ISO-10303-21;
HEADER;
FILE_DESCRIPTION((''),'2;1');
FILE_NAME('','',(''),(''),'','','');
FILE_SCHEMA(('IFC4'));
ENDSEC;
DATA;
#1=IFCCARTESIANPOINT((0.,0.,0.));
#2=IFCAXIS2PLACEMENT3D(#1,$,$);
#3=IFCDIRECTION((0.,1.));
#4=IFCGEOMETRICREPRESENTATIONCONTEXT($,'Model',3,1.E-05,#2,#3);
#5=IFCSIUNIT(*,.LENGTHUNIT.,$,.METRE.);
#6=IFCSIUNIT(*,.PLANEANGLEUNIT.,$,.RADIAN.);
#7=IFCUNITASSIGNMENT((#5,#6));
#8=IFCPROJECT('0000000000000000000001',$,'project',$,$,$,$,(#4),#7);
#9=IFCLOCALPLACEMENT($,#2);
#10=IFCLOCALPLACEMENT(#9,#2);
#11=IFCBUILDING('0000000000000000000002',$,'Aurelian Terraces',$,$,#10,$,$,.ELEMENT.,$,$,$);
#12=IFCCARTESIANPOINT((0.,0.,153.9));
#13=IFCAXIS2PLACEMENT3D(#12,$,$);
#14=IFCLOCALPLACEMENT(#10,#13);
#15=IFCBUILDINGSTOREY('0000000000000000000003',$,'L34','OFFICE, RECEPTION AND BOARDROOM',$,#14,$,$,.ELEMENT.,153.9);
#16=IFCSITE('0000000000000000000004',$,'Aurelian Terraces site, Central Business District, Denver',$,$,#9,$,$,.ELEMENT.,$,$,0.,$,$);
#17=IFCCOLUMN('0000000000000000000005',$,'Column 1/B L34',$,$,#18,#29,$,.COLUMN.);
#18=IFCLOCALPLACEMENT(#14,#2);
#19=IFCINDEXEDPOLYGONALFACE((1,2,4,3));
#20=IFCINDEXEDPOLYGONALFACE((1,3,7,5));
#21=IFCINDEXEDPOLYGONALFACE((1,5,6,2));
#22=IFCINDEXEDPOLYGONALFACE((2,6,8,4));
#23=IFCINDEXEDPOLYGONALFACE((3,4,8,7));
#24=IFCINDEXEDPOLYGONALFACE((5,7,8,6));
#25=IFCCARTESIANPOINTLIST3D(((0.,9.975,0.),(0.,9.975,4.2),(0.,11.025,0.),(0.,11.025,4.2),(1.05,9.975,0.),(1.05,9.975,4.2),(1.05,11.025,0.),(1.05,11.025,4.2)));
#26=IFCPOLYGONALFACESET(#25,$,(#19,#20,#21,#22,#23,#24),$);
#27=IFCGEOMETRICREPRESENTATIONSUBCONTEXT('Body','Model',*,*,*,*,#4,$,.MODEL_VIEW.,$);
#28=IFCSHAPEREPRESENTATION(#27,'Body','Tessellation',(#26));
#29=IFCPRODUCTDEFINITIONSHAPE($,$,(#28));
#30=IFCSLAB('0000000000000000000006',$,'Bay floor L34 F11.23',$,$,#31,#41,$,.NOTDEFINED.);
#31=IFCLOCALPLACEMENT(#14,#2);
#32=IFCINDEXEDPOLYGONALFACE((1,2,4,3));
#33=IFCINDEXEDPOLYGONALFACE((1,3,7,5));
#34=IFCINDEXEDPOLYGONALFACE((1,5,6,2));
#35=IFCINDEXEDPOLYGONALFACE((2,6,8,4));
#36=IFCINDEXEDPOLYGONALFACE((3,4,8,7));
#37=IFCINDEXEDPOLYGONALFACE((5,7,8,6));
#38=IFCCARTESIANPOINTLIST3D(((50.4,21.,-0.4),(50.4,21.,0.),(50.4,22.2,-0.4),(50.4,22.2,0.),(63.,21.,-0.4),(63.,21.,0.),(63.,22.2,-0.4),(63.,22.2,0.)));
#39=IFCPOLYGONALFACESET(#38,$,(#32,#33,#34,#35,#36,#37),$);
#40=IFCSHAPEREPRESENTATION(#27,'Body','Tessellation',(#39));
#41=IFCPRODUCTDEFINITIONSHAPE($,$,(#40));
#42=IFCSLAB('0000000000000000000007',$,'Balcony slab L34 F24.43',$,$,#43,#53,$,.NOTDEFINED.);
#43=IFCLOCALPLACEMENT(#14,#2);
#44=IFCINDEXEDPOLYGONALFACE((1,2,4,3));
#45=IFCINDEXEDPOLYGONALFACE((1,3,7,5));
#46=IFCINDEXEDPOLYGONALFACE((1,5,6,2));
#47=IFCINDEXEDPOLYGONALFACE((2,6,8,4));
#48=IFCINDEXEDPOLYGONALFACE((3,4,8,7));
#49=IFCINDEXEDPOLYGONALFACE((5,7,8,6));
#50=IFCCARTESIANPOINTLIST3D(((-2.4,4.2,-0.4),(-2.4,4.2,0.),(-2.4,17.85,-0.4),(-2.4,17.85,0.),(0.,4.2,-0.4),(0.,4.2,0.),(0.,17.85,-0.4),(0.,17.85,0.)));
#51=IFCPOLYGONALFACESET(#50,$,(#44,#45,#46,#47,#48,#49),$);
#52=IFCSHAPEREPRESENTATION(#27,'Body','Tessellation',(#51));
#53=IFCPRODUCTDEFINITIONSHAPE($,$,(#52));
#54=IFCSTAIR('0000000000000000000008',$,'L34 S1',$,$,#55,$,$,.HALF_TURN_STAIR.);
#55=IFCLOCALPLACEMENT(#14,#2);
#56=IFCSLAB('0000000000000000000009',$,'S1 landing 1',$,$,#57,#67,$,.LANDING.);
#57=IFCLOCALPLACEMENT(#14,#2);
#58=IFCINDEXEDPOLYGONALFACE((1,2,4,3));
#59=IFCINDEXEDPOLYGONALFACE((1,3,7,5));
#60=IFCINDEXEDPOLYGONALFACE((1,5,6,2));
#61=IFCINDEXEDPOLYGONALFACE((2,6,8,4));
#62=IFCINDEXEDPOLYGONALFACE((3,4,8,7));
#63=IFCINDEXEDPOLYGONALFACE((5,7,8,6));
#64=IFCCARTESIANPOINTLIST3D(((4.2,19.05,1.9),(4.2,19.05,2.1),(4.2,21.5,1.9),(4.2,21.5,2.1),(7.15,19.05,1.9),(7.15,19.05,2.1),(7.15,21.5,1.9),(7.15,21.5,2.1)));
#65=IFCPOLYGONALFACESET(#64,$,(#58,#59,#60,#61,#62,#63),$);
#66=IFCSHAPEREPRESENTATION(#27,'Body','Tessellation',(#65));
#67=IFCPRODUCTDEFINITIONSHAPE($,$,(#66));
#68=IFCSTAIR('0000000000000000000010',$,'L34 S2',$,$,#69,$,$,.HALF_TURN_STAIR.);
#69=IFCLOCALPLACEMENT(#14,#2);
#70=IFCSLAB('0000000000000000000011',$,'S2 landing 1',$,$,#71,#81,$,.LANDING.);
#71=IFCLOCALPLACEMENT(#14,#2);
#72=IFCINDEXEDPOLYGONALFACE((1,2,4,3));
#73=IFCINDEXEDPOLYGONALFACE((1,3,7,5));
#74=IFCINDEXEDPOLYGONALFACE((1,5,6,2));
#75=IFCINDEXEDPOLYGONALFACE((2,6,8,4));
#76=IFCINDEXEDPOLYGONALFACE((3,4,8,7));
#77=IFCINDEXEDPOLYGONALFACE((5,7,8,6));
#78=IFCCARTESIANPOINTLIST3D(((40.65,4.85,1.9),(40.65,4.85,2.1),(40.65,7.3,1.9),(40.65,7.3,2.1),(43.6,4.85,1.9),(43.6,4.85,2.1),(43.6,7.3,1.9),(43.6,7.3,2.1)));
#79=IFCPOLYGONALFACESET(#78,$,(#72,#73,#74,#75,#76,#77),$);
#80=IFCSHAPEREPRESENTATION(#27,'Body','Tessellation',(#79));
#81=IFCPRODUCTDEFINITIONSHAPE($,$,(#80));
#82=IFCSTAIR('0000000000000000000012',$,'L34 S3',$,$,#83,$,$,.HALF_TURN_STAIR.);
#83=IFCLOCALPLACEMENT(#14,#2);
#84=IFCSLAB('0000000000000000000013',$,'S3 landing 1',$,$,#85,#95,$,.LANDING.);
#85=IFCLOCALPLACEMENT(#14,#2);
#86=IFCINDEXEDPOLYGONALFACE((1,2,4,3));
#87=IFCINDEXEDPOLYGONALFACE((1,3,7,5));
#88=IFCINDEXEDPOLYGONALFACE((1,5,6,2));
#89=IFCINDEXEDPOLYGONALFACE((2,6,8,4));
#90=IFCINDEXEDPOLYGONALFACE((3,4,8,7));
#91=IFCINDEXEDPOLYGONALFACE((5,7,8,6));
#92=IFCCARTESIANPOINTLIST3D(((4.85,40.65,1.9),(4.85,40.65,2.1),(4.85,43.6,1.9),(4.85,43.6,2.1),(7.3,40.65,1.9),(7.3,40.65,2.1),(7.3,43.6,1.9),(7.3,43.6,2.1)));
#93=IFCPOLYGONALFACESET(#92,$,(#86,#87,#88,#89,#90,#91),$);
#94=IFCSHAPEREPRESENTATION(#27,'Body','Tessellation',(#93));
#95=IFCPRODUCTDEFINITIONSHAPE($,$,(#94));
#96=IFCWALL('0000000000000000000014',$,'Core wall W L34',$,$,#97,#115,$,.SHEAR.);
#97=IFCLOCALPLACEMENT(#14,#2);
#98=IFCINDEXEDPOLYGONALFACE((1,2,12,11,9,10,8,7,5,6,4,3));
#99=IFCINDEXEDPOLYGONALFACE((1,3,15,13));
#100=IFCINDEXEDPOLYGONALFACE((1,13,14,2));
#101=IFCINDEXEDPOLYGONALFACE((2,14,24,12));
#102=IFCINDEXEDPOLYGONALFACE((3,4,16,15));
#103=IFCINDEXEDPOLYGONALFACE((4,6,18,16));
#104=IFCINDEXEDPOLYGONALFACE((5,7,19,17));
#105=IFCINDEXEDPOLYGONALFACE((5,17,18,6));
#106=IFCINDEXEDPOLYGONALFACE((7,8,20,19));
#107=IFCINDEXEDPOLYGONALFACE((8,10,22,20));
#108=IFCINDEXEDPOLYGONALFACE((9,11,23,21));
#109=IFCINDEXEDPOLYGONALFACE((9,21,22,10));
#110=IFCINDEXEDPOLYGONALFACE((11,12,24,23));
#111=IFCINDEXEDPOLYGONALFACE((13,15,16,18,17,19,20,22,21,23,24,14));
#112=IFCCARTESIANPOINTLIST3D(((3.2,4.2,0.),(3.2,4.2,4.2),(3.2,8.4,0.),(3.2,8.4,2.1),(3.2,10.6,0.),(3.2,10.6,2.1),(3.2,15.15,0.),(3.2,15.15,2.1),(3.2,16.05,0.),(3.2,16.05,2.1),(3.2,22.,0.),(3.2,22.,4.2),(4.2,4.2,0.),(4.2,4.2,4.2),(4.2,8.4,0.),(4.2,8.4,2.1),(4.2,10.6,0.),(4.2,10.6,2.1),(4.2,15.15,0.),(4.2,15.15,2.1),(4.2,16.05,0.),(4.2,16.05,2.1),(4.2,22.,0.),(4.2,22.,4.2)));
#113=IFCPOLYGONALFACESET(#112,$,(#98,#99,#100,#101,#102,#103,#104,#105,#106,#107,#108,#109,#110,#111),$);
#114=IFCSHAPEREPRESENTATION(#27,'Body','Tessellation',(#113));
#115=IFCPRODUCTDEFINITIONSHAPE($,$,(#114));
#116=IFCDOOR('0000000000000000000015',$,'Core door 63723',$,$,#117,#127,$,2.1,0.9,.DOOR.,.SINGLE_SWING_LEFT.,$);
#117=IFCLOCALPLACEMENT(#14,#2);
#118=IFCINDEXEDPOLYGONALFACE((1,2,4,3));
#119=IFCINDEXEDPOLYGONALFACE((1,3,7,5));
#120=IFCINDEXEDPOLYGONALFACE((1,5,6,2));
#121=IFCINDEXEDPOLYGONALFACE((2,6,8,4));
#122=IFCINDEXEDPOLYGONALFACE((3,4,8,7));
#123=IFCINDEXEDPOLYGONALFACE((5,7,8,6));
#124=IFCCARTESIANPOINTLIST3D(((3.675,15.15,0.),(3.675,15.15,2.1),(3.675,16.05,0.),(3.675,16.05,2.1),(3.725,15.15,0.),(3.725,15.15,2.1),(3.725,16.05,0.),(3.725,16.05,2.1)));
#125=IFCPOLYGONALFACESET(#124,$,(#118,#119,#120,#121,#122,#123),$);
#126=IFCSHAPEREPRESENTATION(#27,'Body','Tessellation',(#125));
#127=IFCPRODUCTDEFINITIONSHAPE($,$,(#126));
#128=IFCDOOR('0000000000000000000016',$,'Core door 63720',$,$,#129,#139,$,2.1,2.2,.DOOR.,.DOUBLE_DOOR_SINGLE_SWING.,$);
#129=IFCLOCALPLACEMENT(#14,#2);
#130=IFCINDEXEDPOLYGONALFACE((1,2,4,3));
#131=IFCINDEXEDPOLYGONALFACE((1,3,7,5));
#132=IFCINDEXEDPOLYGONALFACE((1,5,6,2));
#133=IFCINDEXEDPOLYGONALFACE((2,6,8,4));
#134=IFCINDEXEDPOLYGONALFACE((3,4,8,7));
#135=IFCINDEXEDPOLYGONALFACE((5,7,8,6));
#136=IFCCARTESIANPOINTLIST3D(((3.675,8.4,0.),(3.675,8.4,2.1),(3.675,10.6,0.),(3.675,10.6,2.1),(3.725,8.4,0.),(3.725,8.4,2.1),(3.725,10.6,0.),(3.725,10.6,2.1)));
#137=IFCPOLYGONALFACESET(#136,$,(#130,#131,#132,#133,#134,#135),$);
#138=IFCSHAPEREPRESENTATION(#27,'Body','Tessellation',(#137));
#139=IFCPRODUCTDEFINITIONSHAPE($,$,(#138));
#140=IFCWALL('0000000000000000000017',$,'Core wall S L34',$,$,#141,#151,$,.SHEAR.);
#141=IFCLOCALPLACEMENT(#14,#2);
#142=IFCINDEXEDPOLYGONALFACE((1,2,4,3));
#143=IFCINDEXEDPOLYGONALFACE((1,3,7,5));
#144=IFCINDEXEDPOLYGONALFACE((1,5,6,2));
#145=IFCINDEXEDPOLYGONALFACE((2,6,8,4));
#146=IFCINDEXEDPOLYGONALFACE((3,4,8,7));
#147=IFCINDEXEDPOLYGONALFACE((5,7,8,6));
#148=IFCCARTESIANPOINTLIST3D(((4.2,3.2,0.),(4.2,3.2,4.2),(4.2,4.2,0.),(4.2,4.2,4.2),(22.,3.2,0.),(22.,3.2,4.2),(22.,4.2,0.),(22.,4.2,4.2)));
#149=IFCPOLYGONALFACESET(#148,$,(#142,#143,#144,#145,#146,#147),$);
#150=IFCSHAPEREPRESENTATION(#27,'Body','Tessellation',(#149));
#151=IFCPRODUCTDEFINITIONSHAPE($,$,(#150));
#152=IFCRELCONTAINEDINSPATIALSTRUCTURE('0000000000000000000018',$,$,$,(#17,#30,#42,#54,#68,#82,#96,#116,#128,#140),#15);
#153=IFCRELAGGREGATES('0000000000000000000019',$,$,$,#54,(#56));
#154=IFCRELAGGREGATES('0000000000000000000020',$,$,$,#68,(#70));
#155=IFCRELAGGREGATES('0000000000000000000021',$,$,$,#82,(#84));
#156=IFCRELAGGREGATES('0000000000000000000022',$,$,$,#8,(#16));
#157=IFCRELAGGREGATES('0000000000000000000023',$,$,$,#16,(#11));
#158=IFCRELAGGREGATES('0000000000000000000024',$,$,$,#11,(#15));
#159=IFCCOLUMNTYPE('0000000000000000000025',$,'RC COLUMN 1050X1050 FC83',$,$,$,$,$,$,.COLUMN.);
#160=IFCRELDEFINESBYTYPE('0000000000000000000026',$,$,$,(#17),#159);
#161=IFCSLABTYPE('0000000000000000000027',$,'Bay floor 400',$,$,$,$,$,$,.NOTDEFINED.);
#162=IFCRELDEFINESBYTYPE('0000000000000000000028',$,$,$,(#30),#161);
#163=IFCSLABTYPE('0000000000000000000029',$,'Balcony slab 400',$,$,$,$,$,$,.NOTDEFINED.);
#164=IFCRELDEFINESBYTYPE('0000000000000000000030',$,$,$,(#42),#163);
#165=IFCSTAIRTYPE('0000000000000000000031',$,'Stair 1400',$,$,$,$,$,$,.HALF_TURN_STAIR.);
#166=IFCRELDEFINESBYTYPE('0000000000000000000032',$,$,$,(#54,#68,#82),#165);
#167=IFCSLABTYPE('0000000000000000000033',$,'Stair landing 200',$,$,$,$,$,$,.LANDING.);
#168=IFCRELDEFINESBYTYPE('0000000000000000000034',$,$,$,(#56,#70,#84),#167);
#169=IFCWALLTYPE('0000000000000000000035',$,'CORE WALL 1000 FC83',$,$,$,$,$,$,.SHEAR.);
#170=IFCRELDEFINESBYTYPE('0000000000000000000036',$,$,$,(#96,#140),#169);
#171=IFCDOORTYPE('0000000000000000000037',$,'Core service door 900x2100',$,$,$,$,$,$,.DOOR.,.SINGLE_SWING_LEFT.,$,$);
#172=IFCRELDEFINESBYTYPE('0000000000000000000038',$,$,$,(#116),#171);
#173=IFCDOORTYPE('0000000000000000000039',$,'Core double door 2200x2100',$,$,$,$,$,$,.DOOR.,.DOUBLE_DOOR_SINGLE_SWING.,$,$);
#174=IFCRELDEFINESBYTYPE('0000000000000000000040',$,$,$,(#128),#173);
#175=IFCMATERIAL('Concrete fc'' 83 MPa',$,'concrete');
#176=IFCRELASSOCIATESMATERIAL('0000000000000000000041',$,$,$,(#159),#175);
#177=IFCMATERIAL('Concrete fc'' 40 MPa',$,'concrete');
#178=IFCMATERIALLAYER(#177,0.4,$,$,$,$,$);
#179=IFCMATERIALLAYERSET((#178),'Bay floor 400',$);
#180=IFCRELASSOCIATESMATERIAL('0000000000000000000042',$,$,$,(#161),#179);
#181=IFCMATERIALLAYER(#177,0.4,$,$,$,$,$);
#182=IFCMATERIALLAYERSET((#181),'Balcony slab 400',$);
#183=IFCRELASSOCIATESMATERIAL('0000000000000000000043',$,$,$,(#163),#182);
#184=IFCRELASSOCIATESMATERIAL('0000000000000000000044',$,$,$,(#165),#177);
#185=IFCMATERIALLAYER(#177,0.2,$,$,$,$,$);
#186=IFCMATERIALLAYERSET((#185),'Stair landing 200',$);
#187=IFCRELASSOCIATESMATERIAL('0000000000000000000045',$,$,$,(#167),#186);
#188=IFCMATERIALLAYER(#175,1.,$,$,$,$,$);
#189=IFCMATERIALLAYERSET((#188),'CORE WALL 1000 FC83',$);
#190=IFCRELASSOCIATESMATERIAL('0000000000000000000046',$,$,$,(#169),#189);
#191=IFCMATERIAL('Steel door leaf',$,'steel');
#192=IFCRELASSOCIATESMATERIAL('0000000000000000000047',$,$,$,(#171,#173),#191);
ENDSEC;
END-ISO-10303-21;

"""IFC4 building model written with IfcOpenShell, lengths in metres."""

from ifc_helpers import new_model, si_unit, direction, frame, frame_2d, origin, origin_2d, place, context, subcontext, project, spatial, polyline, rectangle, outline, extrude, source, transform, mapped, material, layer, layer_set, material_profile, profile_set, type_object, element, fill, aggregate, save


model = new_model("IFC4")

# Units and contexts
model_context = context("Model", 3, precision=1e-05, world=origin(), true_north=direction((0.0, 1.0)))
body_context = subcontext(model_context, "Body", "Model", "MODEL_VIEW")
ifc_project = project(units=[si_unit("LENGTHUNIT", "METRE"), si_unit("PLANEANGLEUNIT", "RADIAN")], contexts=[model_context])

# Site, building, storey
site_placement = place(None, origin())
site = spatial("IfcSite", under=ifc_project, at=site_placement, Name="Aurelian Terraces site, Central Business District, Denver", CompositionType="ELEMENT", RefElevation=0.0)
building_placement = place(site_placement, origin())
building = spatial("IfcBuilding", under=site, at=building_placement, Name="Aurelian Terraces", CompositionType="ELEMENT")
storey_placement = place(building_placement, frame((0.0, 0.0, 153.9)))
storey = spatial("IfcBuildingStorey", under=building, at=storey_placement, Name="L34", Description="OFFICE, RECEPTION AND BOARDROOM", CompositionType="ELEMENT", Elevation=153.9)

# Column
ifc_material_1 = material(Name="Concrete fc' 83 MPa", Category="concrete")
ifc_material_profile = material_profile(ifc_material_1, rectangle(XDim=1.05, YDim=1.05, at=origin_2d()))
ifc_profile_set = profile_set([ifc_material_profile], Name="Concrete fc' 83 MPa")
column_type = type_object("IfcColumnType", Name="RC COLUMN 1050X1050 FC83", PredefinedType="COLUMN", material=ifc_profile_set)
shared_shape_1 = source(origin(), body_context, "Body", "SweptSolid", [
    extrude(rectangle(XDim=1.05, YDim=1.05, at=origin_2d()), origin(), (0.0, 0.0, 1.0), 4.2),
])
column_placement = place(storey_placement, frame((0.525, 10.5, 0.0), z_axis=(0.0, 0.0, 1.0), x_axis=(1.0, 0.0, 0.0)))
element("IfcColumn", 1, at=column_placement, inside=storey, type_object=column_type, Name="Column 1/B L34", PredefinedType="COLUMN", context=body_context, shape_type="MappedRepresentation", body=[
    mapped(shared_shape_1, transform((0.0, 0.0, 0.0), scale=1.0)),
])

# Slabs
ifc_material_2 = material(Name="Concrete fc' 40 MPa", Category="concrete")
ifc_layer_1 = layer(ifc_material_2, 0.4)
ifc_layer_set_1 = layer_set([ifc_layer_1], Name="Bay floor 400")
slab_type_1 = type_object("IfcSlabType", Name="Bay floor 400", PredefinedType="NOTDEFINED", material=ifc_layer_set_1)
slab_1_placement = place(storey_placement, frame((0.0, 0.0, -0.4)))
element("IfcSlab", 2, at=slab_1_placement, inside=storey, type_object=slab_type_1, Name="Bay floor L34 F11.23", PredefinedType="NOTDEFINED", context=body_context, shape_type="SweptSolid", body=[
    extrude(outline(polyline([(63.0, 21.0), (50.4, 21.0), (50.4, 22.2), (63.0, 22.2), (63.0, 21.0)])), origin(), (0.0, 0.0, 1.0), 0.4),
])
ifc_layer_2 = layer(ifc_material_2, 0.4)
ifc_layer_set_2 = layer_set([ifc_layer_2], Name="Balcony slab 400")
slab_type_2 = type_object("IfcSlabType", Name="Balcony slab 400", PredefinedType="NOTDEFINED", material=ifc_layer_set_2)
shared_shape_2 = source(origin(), body_context, "Body", "SweptSolid", [
    extrude(outline(polyline([(0.0, 17.85), (0.0, 4.2), (-2.4, 4.2), (-2.4, 17.85), (0.0, 17.85)])), origin(), (0.0, 0.0, 1.0), 0.4),
])
slab_2_placement = place(storey_placement, frame((0.0, 0.0, -0.4)))
element("IfcSlab", 3, at=slab_2_placement, inside=storey, type_object=slab_type_2, Name="Balcony slab L34 F24.43", PredefinedType="NOTDEFINED", context=body_context, shape_type="MappedRepresentation", body=[
    mapped(shared_shape_2, transform((0.0, 0.0, 0.0), scale=1.0)),
])

# Stairs, slabs
stair_type = type_object("IfcStairType", Name="Stair 1400", PredefinedType="HALF_TURN_STAIR", material=ifc_material_2)
stair_1_placement = place(storey_placement, origin())
stair_1 = element("IfcStair", 4, at=stair_1_placement, inside=storey, type_object=stair_type, Name="L34 S1", PredefinedType="HALF_TURN_STAIR")
ifc_layer_3 = layer(ifc_material_2, 0.2)
ifc_layer_set_3 = layer_set([ifc_layer_3], Name="Stair landing 200")
slab_type_3 = type_object("IfcSlabType", Name="Stair landing 200", PredefinedType="LANDING", material=ifc_layer_set_3)
shared_shape_3 = source(origin(), body_context, "Body", "SweptSolid", [
    extrude(outline(polyline([(7.15, 19.05), (7.15, 21.5), (4.2, 21.5), (4.2, 19.05), (7.15, 19.05)])), origin(), (0.0, 0.0, 1.0), 0.2),
])
slab_3_placement = place(storey_placement, frame((0.0, 0.0, 1.9)))
slab_3 = element("IfcSlab", 5, at=slab_3_placement, type_object=slab_type_3, Name="S1 landing 1", PredefinedType="LANDING", context=body_context, shape_type="MappedRepresentation", body=[
    mapped(shared_shape_3, transform((0.0, 0.0, 0.0), scale=1.0)),
])
aggregate(stair_1, [slab_3])
stair_2_placement = place(storey_placement, origin())
stair_2 = element("IfcStair", 6, at=stair_2_placement, inside=storey, type_object=stair_type, Name="L34 S2", PredefinedType="HALF_TURN_STAIR")
shared_shape_4 = source(origin(), body_context, "Body", "SweptSolid", [
    extrude(outline(polyline([(43.6, 4.85), (43.6, 7.3), (40.65, 7.3), (40.65, 4.85), (43.6, 4.85)])), origin(), (0.0, 0.0, 1.0), 0.2),
])
slab_4_placement = place(storey_placement, frame((0.0, 0.0, 1.9)))
slab_4 = element("IfcSlab", 7, at=slab_4_placement, type_object=slab_type_3, Name="S2 landing 1", PredefinedType="LANDING", context=body_context, shape_type="MappedRepresentation", body=[
    mapped(shared_shape_4, transform((0.0, 0.0, 0.0), scale=1.0)),
])
aggregate(stair_2, [slab_4])
stair_3_placement = place(storey_placement, origin())
stair_3 = element("IfcStair", 8, at=stair_3_placement, inside=storey, type_object=stair_type, Name="L34 S3", PredefinedType="HALF_TURN_STAIR")
shared_shape_5 = source(origin(), body_context, "Body", "SweptSolid", [
    extrude(outline(polyline([(4.85, 40.65), (7.3, 40.65), (7.3, 43.6), (4.85, 43.6), (4.85, 40.65)])), origin(), (0.0, 0.0, 1.0), 0.2),
])
slab_5_placement = place(storey_placement, frame((0.0, 0.0, 1.9)))
slab_5 = element("IfcSlab", 9, at=slab_5_placement, type_object=slab_type_3, Name="S3 landing 1", PredefinedType="LANDING", context=body_context, shape_type="MappedRepresentation", body=[
    mapped(shared_shape_5, transform((0.0, 0.0, 0.0), scale=1.0)),
])
aggregate(stair_3, [slab_5])

# Wall, openings, doors
ifc_layer_4 = layer(ifc_material_1, 1.0)
ifc_layer_set_4 = layer_set([ifc_layer_4], Name="CORE WALL 1000 FC83")
wall_type_1 = type_object("IfcWallType", Name="CORE WALL 1000 FC83", PredefinedType="SHEAR", material=ifc_layer_set_4)
shared_shape_6 = source(origin(), body_context, "Body", "SweptSolid", [
    extrude(rectangle(XDim=17.8, YDim=1.0, at=frame_2d((8.9, 0.0))), origin(), (0.0, 0.0, 1.0), 4.2),
])
wall_1_placement = place(storey_placement, frame((3.7, 4.2, 0.0), z_axis=(0.0, 0.0, 1.0), x_axis=(0.0, 1.0, 0.0)))
wall_1 = element("IfcWall", 10, at=wall_1_placement, inside=storey, type_object=wall_type_1, Name="Core wall W L34", PredefinedType="SHEAR", context=body_context, shape_type="MappedRepresentation", body=[
    mapped(shared_shape_6, transform((0.0, 0.0, 0.0), scale=1.0)),
])
shared_shape_7 = source(origin(), body_context, "Body", "SweptSolid", [
    extrude(rectangle(XDim=2.2, YDim=2.1, at=frame_2d((1.1, 1.05))), frame((0.0, 0.51, 0.0), z_axis=(0.0, -1.0, 0.0), x_axis=(1.0, 0.0, 0.0)), (0.0, 0.0, 1.0), 1.02),
])
opening_1_placement = place(wall_1_placement, frame((4.2, 0.0, 0.0)))
opening_1 = element("IfcOpeningElement", 11, at=opening_1_placement, cuts=wall_1, PredefinedType="OPENING", context=body_context, shape_type="MappedRepresentation", body=[
    mapped(shared_shape_7, transform((0.0, 0.0, 0.0), scale=1.0)),
])
shared_shape_8 = source(origin(), body_context, "Body", "SweptSolid", [
    extrude(rectangle(XDim=0.9, YDim=2.1, at=frame_2d((0.45, 1.05))), frame((0.0, 0.51, 0.0), z_axis=(0.0, -1.0, 0.0), x_axis=(1.0, 0.0, 0.0)), (0.0, 0.0, 1.0), 1.02),
])
opening_2_placement = place(wall_1_placement, frame((10.95, 0.0, 0.0)))
opening_2 = element("IfcOpeningElement", 12, at=opening_2_placement, cuts=wall_1, PredefinedType="OPENING", context=body_context, shape_type="MappedRepresentation", body=[
    mapped(shared_shape_8, transform((0.0, 0.0, 0.0), scale=1.0)),
])
ifc_material_3 = material(Name="Steel door leaf", Category="steel")
door_type_1 = type_object("IfcDoorType", Name="Core service door 900x2100", OperationType="SINGLE_SWING_LEFT", PredefinedType="DOOR", material=ifc_material_3)
shared_shape_9 = source(origin(), body_context, "Body", "SweptSolid", [
    extrude(rectangle(XDim=0.9, YDim=2.1, at=frame_2d((0.45, 1.05))), frame((0.0, 0.025, 0.0), z_axis=(0.0, -1.0, 0.0), x_axis=(1.0, 0.0, 0.0)), (0.0, 0.0, 1.0), 0.05),
])
door_1_placement = place(opening_2_placement, origin())
door_1 = element("IfcDoor", 13, at=door_1_placement, inside=storey, type_object=door_type_1, Name="Core door 63723", OperationType="SINGLE_SWING_LEFT", OverallHeight=2.1, OverallWidth=0.9, PredefinedType="DOOR", context=body_context, shape_type="MappedRepresentation", body=[
    mapped(shared_shape_9, transform((0.0, 0.0, 0.0), scale=1.0)),
])
fill(opening_2, door_1)
door_type_2 = type_object("IfcDoorType", Name="Core double door 2200x2100", OperationType="DOUBLE_DOOR_SINGLE_SWING", PredefinedType="DOOR", material=ifc_material_3)
shared_shape_10 = source(origin(), body_context, "Body", "SweptSolid", [
    extrude(rectangle(XDim=2.2, YDim=2.1, at=frame_2d((1.1, 1.05))), frame((0.0, 0.025, 0.0), z_axis=(0.0, -1.0, 0.0), x_axis=(1.0, 0.0, 0.0)), (0.0, 0.0, 1.0), 0.05),
])
door_2_placement = place(opening_1_placement, origin())
door_2 = element("IfcDoor", 14, at=door_2_placement, inside=storey, type_object=door_type_2, Name="Core door 63720", OperationType="DOUBLE_DOOR_SINGLE_SWING", OverallHeight=2.1, OverallWidth=2.2, PredefinedType="DOOR", context=body_context, shape_type="MappedRepresentation", body=[
    mapped(shared_shape_10, transform((0.0, 0.0, 0.0), scale=1.0)),
])
fill(opening_1, door_2)

# Wall
wall_2_placement = place(storey_placement, frame((4.2, 3.7, 0.0), z_axis=(0.0, 0.0, 1.0), x_axis=(1.0, 0.0, 0.0)))
element("IfcWall", 15, at=wall_2_placement, inside=storey, type_object=wall_type_1, Name="Core wall S L34", PredefinedType="SHEAR", context=body_context, shape_type="MappedRepresentation", body=[
    mapped(shared_shape_6, transform((0.0, 0.0, 0.0), scale=1.0)),
])

save(model, "model.ifc")
